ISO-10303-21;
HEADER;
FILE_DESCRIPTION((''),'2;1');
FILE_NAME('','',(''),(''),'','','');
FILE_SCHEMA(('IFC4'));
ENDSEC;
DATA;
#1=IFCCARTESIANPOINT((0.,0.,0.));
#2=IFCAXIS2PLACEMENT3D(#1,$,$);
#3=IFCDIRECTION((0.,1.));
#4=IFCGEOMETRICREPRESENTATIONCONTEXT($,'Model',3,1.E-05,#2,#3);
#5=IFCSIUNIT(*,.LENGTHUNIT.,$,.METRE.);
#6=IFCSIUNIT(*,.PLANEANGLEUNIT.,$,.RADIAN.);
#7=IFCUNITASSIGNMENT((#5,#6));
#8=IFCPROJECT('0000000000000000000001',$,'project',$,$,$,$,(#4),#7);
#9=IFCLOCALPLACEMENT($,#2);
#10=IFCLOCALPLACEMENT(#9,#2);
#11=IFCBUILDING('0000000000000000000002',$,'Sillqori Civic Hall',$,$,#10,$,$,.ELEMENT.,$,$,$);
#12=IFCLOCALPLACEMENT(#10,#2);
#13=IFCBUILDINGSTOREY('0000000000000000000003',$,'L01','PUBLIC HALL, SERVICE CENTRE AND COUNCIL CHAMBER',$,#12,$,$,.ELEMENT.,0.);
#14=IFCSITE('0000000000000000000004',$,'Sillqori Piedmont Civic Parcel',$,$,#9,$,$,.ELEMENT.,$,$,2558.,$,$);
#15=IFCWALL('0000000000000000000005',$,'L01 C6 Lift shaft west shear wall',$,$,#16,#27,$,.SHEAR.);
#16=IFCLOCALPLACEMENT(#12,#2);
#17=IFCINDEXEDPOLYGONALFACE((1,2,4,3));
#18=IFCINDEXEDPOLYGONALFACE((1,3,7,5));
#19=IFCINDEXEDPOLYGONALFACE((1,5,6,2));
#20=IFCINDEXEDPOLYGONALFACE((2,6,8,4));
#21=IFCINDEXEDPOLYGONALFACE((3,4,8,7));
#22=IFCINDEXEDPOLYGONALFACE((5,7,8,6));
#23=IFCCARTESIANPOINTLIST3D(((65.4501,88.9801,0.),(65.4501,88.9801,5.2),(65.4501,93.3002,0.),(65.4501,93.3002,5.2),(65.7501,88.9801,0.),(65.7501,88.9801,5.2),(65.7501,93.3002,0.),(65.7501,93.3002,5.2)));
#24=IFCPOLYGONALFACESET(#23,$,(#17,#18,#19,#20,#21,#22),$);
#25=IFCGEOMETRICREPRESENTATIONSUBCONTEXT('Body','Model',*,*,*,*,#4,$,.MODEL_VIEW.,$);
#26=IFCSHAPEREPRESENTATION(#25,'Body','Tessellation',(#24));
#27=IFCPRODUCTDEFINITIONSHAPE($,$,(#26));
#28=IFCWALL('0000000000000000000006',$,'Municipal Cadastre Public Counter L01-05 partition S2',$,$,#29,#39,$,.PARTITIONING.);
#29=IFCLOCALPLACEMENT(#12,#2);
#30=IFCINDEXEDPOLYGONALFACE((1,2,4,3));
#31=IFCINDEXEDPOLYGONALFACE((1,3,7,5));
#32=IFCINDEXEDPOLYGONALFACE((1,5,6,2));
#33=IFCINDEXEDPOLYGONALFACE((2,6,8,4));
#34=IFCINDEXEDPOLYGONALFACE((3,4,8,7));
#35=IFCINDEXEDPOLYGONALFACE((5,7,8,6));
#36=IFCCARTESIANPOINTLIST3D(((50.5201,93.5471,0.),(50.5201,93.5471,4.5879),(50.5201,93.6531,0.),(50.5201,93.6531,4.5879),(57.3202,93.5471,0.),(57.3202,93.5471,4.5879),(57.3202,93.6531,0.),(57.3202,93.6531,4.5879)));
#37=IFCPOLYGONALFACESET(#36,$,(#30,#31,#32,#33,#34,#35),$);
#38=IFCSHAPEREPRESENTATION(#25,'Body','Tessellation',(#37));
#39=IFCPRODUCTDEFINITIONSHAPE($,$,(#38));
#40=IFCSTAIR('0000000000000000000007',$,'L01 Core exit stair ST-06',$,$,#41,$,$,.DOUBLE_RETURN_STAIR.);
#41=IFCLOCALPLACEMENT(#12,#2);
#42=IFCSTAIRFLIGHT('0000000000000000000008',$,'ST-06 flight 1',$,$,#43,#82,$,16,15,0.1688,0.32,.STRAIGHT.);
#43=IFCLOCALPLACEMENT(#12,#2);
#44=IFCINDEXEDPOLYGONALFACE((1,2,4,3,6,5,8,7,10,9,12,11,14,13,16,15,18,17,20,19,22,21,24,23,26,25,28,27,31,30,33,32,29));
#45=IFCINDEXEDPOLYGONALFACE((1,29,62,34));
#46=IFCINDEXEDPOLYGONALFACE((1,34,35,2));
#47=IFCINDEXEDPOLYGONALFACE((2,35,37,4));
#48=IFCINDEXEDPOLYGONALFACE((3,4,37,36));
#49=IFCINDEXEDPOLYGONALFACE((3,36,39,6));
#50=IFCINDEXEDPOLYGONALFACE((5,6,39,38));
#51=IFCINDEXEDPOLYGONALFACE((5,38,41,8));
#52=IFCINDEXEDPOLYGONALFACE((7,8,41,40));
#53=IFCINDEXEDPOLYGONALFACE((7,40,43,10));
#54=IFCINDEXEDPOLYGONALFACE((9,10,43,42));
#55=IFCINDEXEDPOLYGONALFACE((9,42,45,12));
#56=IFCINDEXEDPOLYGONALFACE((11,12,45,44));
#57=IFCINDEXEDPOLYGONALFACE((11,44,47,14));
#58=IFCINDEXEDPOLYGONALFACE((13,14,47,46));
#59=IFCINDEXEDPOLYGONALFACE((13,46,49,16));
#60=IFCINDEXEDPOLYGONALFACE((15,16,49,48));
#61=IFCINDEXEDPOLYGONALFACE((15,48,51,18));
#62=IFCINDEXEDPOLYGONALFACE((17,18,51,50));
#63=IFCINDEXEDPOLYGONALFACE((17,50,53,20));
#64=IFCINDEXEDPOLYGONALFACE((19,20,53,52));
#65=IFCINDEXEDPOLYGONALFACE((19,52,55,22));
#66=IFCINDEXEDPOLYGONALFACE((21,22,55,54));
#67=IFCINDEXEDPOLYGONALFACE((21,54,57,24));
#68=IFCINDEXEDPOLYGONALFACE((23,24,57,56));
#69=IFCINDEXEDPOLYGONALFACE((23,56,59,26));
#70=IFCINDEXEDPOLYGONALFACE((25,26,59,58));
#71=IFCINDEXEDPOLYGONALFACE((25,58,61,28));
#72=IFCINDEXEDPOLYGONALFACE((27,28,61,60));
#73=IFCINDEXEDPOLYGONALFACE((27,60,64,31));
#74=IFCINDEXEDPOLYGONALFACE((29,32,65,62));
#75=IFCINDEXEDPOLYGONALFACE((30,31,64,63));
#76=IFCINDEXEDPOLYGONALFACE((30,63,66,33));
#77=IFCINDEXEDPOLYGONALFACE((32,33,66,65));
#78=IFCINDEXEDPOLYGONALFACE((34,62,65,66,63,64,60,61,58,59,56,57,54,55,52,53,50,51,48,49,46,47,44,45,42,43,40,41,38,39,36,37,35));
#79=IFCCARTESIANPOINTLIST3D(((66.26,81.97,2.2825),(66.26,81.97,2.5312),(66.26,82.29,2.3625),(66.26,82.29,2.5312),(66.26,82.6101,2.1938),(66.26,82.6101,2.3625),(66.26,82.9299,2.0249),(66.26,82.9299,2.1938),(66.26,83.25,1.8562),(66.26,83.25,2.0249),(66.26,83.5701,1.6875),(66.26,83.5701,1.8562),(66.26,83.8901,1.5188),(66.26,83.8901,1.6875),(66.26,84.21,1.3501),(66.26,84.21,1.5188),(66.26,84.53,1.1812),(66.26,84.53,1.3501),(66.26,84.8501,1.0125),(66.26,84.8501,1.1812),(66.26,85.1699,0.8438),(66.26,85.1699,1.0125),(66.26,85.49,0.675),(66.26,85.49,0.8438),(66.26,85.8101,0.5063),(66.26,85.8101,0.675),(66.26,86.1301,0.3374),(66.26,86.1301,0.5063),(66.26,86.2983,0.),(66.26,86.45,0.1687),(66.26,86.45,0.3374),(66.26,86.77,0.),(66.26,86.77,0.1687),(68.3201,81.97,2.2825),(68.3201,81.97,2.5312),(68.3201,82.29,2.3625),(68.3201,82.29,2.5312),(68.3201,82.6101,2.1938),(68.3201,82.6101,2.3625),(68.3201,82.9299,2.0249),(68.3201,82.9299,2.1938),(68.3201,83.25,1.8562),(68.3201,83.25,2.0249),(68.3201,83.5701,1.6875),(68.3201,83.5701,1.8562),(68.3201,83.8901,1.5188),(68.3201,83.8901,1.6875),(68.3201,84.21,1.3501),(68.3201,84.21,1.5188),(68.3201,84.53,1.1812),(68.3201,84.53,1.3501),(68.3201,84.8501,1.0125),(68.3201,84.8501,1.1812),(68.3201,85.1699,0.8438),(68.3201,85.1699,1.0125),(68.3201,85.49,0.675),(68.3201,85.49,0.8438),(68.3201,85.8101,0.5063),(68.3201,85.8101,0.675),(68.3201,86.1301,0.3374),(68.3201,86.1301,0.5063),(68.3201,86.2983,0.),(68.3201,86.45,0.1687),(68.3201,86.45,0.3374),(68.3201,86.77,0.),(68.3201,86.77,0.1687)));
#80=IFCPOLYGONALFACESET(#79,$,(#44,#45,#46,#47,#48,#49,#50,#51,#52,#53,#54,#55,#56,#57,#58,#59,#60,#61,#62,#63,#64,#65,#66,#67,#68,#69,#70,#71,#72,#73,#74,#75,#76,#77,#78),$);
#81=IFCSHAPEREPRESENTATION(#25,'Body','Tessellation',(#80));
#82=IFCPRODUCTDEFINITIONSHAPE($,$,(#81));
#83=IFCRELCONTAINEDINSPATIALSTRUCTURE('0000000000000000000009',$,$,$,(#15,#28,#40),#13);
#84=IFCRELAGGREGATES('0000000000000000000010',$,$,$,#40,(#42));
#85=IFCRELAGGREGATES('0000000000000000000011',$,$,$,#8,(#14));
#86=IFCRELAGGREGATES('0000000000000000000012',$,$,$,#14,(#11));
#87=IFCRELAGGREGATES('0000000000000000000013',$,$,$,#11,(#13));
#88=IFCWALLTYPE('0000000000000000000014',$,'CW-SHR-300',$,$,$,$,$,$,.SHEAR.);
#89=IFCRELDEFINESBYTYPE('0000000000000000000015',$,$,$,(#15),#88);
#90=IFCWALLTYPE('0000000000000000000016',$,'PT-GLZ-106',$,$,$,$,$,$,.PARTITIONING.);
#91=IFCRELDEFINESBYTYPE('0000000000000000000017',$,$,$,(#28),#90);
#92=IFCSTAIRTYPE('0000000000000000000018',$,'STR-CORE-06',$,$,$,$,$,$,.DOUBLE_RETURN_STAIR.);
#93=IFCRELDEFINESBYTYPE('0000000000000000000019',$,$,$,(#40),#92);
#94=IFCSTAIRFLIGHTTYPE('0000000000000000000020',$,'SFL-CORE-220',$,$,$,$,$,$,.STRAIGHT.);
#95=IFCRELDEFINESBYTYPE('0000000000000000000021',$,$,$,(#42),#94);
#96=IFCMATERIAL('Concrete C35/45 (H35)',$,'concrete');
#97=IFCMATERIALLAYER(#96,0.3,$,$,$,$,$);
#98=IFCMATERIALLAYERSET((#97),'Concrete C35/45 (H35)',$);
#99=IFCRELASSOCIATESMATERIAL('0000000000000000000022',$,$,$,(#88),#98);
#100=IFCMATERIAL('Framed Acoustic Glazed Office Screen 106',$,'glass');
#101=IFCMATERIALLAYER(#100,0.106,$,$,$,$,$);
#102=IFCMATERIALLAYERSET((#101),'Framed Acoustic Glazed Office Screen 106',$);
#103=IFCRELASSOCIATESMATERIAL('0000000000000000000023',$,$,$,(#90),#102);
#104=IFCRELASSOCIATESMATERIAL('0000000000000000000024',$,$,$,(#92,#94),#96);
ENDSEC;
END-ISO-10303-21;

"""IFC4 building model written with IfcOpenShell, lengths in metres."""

from ifc_helpers import new_model, si_unit, direction, frame, frame_2d, origin, place, context, subcontext, project, spatial, polyline, rectangle, outline, extrude, material, layer, layer_set, type_object, element, aggregate, save


model = new_model("IFC4")

# Units and contexts
model_context = context("Model", 3, precision=1e-05, world=origin(), true_north=direction((0.0, 1.0)))
body_context = subcontext(model_context, "Body", "Model", "MODEL_VIEW")
ifc_project = project(units=[si_unit("LENGTHUNIT", "METRE"), si_unit("PLANEANGLEUNIT", "RADIAN")], contexts=[model_context])

# Site, building, storey
site_placement = place(None, origin())
site = spatial("IfcSite", under=ifc_project, at=site_placement, Name="Sillqori Piedmont Civic Parcel", CompositionType="ELEMENT", RefElevation=2558.0)
building_placement = place(site_placement, origin())
building = spatial("IfcBuilding", under=site, at=building_placement, Name="Sillqori Civic Hall", CompositionType="ELEMENT")
storey_placement = place(building_placement, origin())
storey = spatial("IfcBuildingStorey", under=building, at=storey_placement, Name="L01", Description="PUBLIC HALL, SERVICE CENTRE AND COUNCIL CHAMBER", CompositionType="ELEMENT", Elevation=0.0)

# Shared definitions
ifc_material_1 = material(Name="Concrete C35/45 (H35)", Category="concrete")

# Wall
ifc_layer_1 = layer(ifc_material_1, 0.3)
ifc_layer_set_1 = layer_set([ifc_layer_1], Name="Concrete C35/45 (H35)")
wall_type_1 = type_object("IfcWallType", Name="CW-SHR-300", PredefinedType="SHEAR", material=ifc_layer_set_1)
wall_1_placement = place(storey_placement, frame((65.6001, 88.98, 0.0), z_axis=(0.0, 0.0, 1.0), x_axis=(0.0, 1.0, 0.0)))
element("IfcWall", 1, at=wall_1_placement, inside=storey, type_object=wall_type_1, Name="L01 C6 Lift shaft west shear wall", PredefinedType="SHEAR", context=body_context, shape_type="SweptSolid", body=[
    extrude(rectangle(XDim=4.3201, YDim=0.3, at=frame_2d((2.1602, 0.0))), origin(), (0.0, 0.0, 1.0), 5.2),
])

# Wall
ifc_material_2 = material(Name="Framed Acoustic Glazed Office Screen 106", Category="glass")
ifc_layer_2 = layer(ifc_material_2, 0.106)
ifc_layer_set_2 = layer_set([ifc_layer_2], Name="Framed Acoustic Glazed Office Screen 106")
wall_type_2 = type_object("IfcWallType", Name="PT-GLZ-106", PredefinedType="PARTITIONING", material=ifc_layer_set_2)
wall_2_placement = place(storey_placement, frame((57.3201, 93.6001, 0.0), z_axis=(0.0, 0.0, 1.0), x_axis=(-1.0, 0.0, 0.0)))
element("IfcWall", 2, at=wall_2_placement, inside=storey, type_object=wall_type_2, Name="Municipal Cadastre Public Counter L01-05 partition S2", PredefinedType="PARTITIONING", context=body_context, shape_type="SweptSolid", body=[
    extrude(rectangle(XDim=6.8, YDim=0.106, at=frame_2d((3.3999, 0.0))), origin(), (0.0, 0.0, 1.0), 4.5879),
])

# Stair, stair flight
stair_type = type_object("IfcStairType", Name="STR-CORE-06", PredefinedType="DOUBLE_RETURN_STAIR", material=ifc_material_1)
stair_placement = place(storey_placement, origin())
stair = element("IfcStair", 3, at=stair_placement, inside=storey, type_object=stair_type, Name="L01 Core exit stair ST-06", PredefinedType="DOUBLE_RETURN_STAIR")
stair_flight_type = type_object("IfcStairFlightType", Name="SFL-CORE-220", PredefinedType="STRAIGHT", material=ifc_material_1)
stair_flight_placement = place(storey_placement, frame((67.29, 86.77, 0.0), z_axis=(0.0, 0.0, 1.0), x_axis=(0.0, -1.0, 0.0)))
stair_flight = element("IfcStairFlight", 4, at=stair_flight_placement, type_object=stair_flight_type, Name="ST-06 flight 1", NumberOfRisers=16, NumberOfTreads=15, PredefinedType="STRAIGHT", RiserHeight=0.1688, TreadLength=0.32, context=body_context, shape_type="SweptSolid", body=[
    extrude(outline(polyline([(0.0, 0.0), (0.0, 0.1687), (0.3201, 0.1687), (0.3201, 0.3374), (0.6399, 0.3374), (0.6399, 0.5063), (0.96, 0.5063), (0.96, 0.675), (1.28, 0.675), (1.28, 0.8438), (1.6001, 0.8438), (1.6001, 1.0125), (1.9199, 1.0125), (1.9199, 1.1812), (2.24, 1.1812), (2.24, 1.3501), (2.5601, 1.3501), (2.5601, 1.5188), (2.8799, 1.5188), (2.8799, 1.6875), (3.2, 1.6875), (3.2, 1.8562), (3.52, 1.8562), (3.52, 2.0249), (3.8401, 2.0249), (3.8401, 2.1938), (4.1599, 2.1938), (4.1599, 2.3625), (4.48, 2.3625), (4.48, 2.5312), (4.8, 2.5312), (4.8, 2.7), (4.8, 2.2825), (0.4717, 0.0), (0.0, 0.0)])), frame((0.0, 1.03, 0.0), z_axis=(0.0, -1.0, 0.0), x_axis=(1.0, 0.0, 0.0)), (0.0, 0.0, 1.0), 2.0601),
])
aggregate(stair, [stair_flight])

save(model, "model.ifc")
